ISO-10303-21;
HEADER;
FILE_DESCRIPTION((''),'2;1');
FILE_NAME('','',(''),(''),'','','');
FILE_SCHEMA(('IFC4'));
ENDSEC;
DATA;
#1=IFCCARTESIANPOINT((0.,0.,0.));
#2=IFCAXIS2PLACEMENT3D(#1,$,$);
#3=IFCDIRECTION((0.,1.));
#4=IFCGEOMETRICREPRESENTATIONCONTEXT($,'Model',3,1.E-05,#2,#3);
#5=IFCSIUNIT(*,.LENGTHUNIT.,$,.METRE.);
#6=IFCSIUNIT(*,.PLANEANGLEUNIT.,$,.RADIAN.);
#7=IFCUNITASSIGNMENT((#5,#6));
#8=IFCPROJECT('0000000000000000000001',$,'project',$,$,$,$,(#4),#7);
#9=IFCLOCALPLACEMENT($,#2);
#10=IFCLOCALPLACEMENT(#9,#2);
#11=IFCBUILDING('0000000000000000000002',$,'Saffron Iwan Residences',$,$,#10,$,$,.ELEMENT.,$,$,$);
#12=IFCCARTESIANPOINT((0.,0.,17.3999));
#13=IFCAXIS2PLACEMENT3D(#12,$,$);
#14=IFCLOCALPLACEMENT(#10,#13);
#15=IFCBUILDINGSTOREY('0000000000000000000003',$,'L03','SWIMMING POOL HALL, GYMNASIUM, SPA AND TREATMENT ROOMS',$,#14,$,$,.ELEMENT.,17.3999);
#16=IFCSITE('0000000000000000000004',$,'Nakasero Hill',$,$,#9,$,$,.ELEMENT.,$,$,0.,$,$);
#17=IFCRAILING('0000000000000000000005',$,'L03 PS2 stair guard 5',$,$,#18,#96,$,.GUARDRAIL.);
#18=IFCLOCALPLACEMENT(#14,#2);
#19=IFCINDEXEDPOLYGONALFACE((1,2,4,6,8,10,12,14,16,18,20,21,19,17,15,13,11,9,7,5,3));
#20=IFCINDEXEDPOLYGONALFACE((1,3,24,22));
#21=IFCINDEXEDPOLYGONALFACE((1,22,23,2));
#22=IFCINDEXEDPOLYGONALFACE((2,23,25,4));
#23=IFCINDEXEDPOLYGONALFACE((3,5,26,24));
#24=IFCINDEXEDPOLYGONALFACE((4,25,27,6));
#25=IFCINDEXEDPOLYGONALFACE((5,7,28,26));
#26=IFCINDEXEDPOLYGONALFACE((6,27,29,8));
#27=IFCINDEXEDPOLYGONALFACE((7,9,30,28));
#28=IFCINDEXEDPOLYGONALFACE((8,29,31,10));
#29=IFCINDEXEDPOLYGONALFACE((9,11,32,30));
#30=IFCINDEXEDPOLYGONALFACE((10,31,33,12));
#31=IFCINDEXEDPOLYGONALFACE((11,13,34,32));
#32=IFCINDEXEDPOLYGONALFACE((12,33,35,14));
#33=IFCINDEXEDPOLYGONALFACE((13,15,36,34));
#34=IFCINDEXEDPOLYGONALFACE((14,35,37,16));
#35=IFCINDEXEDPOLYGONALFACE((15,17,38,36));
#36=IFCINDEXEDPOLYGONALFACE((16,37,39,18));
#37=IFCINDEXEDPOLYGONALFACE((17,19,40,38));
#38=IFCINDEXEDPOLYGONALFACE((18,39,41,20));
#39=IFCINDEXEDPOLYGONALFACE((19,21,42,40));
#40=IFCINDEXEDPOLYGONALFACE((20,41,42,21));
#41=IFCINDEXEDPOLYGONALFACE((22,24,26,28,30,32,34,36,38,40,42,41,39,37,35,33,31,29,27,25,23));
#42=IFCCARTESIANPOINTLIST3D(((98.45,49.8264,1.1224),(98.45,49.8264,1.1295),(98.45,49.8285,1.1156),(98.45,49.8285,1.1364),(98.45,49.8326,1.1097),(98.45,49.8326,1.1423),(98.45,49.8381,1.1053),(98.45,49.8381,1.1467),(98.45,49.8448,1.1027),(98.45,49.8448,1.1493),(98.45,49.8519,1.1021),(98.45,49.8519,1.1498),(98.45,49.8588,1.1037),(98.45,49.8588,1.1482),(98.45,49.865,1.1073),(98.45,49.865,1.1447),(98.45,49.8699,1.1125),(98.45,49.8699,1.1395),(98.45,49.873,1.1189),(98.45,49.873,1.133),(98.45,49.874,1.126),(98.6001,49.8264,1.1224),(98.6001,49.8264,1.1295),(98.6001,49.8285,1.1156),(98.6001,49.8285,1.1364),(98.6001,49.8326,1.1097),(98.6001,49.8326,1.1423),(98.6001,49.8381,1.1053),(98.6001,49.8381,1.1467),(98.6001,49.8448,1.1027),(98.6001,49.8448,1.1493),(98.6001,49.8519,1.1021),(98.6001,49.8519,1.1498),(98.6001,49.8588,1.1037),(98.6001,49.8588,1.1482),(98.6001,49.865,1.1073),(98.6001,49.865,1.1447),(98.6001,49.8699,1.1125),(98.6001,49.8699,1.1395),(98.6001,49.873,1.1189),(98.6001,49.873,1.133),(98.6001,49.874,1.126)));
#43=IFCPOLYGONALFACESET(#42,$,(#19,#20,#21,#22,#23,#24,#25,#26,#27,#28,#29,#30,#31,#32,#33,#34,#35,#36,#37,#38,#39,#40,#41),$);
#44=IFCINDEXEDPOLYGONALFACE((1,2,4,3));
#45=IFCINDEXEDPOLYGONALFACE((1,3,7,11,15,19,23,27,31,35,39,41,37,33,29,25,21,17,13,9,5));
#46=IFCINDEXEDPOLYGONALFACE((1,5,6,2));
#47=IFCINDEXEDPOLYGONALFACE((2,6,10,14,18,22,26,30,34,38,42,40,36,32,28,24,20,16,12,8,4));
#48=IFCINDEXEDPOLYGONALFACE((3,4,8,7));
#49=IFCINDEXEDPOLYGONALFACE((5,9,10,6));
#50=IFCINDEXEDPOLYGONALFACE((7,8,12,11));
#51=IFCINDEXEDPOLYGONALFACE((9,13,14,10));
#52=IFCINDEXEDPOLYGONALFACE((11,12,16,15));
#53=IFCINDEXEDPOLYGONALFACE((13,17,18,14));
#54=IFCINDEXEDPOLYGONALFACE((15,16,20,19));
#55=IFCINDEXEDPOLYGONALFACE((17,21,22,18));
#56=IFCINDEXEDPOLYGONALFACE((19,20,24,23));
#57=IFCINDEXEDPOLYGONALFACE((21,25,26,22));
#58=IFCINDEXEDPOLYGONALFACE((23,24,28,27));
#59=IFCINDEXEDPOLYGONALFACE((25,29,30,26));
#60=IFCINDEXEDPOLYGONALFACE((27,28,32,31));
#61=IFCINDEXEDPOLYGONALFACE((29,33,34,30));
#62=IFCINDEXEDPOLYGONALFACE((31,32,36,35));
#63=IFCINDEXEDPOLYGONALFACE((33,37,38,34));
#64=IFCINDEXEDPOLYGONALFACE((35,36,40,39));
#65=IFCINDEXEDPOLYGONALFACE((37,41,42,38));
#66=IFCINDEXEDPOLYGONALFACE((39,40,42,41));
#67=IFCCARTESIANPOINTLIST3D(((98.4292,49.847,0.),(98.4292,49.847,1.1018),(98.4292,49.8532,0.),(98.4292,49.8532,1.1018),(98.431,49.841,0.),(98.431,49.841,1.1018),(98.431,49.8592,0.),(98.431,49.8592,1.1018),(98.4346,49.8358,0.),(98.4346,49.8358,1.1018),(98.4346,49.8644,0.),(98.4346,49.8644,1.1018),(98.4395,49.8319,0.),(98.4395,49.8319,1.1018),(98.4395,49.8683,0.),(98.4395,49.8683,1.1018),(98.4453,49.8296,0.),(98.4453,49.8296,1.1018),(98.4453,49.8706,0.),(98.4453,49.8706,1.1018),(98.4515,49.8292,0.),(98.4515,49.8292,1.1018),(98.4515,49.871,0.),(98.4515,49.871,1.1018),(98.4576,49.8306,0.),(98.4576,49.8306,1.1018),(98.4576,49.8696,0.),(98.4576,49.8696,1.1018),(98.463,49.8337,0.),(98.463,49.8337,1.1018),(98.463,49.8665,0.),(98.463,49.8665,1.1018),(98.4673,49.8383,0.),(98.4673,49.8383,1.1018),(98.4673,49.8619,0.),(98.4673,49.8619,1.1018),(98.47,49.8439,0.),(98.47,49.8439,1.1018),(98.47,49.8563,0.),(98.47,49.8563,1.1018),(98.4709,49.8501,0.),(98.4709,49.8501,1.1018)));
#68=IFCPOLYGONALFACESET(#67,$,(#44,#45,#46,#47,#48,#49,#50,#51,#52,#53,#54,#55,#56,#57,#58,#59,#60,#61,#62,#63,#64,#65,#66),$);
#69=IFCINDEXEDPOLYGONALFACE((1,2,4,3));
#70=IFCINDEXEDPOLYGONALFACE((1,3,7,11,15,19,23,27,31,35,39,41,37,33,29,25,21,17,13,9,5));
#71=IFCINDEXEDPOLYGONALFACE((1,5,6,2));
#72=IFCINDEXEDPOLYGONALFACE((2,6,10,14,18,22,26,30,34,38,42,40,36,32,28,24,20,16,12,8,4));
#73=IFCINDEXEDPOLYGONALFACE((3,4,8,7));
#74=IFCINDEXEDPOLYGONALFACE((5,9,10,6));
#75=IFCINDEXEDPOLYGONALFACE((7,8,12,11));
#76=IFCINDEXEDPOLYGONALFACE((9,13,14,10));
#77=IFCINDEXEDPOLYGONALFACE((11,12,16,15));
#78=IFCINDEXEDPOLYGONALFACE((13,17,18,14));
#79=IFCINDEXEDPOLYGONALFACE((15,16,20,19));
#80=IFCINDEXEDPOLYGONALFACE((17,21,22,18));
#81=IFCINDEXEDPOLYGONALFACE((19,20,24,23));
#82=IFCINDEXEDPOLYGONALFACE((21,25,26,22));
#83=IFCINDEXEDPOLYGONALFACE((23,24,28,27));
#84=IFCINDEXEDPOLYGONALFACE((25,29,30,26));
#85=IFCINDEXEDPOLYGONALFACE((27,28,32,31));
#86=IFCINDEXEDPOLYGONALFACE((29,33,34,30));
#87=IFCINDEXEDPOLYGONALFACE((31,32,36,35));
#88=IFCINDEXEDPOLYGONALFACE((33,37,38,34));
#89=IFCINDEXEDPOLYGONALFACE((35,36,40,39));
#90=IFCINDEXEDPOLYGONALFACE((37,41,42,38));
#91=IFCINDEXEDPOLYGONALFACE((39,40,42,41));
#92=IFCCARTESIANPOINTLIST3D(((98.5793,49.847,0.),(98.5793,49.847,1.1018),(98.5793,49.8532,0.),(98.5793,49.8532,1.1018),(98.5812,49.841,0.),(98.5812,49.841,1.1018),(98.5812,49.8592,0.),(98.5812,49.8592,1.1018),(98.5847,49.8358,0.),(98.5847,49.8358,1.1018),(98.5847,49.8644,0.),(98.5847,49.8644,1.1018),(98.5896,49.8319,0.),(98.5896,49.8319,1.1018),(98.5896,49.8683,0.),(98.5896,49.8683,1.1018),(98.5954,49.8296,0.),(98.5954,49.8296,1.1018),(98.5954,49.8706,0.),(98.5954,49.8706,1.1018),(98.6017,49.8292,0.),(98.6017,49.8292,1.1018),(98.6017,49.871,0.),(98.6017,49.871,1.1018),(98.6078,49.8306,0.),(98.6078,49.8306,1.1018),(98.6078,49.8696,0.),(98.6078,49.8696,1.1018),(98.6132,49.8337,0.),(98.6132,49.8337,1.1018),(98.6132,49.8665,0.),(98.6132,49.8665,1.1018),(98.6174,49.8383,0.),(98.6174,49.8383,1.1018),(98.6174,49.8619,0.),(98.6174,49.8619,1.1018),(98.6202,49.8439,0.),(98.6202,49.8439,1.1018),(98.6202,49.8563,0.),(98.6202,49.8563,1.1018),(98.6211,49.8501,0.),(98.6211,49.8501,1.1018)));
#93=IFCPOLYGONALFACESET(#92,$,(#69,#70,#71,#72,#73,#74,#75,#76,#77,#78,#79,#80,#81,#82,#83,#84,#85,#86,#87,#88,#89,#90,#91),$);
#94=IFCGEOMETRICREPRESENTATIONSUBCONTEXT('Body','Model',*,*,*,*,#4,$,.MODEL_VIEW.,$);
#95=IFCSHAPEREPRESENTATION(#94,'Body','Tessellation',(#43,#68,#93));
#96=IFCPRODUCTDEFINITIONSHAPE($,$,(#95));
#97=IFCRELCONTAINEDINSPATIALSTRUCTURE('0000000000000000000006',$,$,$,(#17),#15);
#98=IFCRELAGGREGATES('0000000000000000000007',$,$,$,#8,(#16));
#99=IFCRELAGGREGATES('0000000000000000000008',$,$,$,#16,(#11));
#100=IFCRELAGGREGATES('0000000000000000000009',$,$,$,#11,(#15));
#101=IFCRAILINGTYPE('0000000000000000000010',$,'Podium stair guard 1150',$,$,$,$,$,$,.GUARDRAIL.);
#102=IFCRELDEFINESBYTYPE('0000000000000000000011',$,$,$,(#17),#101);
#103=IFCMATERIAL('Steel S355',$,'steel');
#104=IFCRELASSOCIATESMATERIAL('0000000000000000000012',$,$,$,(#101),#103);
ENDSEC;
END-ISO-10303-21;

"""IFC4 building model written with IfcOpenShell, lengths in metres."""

from ifc_helpers import new_model, si_unit, direction, frame, origin, origin_2d, place, context, subcontext, project, spatial, circle, extrude, material, type_object, element, save


model = new_model("IFC4")

# Units and contexts
model_context = context("Model", 3, precision=1e-05, world=origin(), true_north=direction((0.0, 1.0)))
body_context = subcontext(model_context, "Body", "Model", "MODEL_VIEW")
ifc_project = project(units=[si_unit("LENGTHUNIT", "METRE"), si_unit("PLANEANGLEUNIT", "RADIAN")], contexts=[model_context])

# Site, building, storey
site_placement = place(None, origin())
site = spatial("IfcSite", under=ifc_project, at=site_placement, Name="Nakasero Hill", CompositionType="ELEMENT", RefElevation=0.0)
building_placement = place(site_placement, origin())
building = spatial("IfcBuilding", under=site, at=building_placement, Name="Saffron Iwan Residences", CompositionType="ELEMENT")
storey_placement = place(building_placement, frame((0.0, 0.0, 17.3999)))
storey = spatial("IfcBuildingStorey", under=building, at=storey_placement, Name="L03", Description="SWIMMING POOL HALL, GYMNASIUM, SPA AND TREATMENT ROOMS", CompositionType="ELEMENT", Elevation=17.3999)

# Railing
ifc_material_1 = material(Name="Steel S355", Category="steel")
railing_type_1 = type_object("IfcRailingType", Name="Podium stair guard 1150", PredefinedType="GUARDRAIL", material=ifc_material_1)
railing_1_placement = place(storey_placement, frame((98.45, 49.8501, 0.0)))
element("IfcRailing", 1, at=railing_1_placement, inside=storey, type_object=railing_type_1, Name="L03 PS2 stair guard 5", PredefinedType="GUARDRAIL", context=body_context, shape_type="SweptSolid", body=[
    extrude(circle(Radius=0.0239, at=origin_2d()), frame((0.0, 0.0, 1.126), z_axis=(1.0, 0.0, 0.0), x_axis=(0.0, 1.0, 0.0)), (0.0, 0.0, 1.0), 0.1501),
    extrude(circle(Radius=0.021, at=origin_2d()), origin(), (0.0, 0.0, 1.0), 1.1018),
    extrude(circle(Radius=0.021, at=origin_2d()), frame((0.1501, 0.0, 0.0)), (0.0, 0.0, 1.0), 1.1018),
])

save(model, "model.ifc")
